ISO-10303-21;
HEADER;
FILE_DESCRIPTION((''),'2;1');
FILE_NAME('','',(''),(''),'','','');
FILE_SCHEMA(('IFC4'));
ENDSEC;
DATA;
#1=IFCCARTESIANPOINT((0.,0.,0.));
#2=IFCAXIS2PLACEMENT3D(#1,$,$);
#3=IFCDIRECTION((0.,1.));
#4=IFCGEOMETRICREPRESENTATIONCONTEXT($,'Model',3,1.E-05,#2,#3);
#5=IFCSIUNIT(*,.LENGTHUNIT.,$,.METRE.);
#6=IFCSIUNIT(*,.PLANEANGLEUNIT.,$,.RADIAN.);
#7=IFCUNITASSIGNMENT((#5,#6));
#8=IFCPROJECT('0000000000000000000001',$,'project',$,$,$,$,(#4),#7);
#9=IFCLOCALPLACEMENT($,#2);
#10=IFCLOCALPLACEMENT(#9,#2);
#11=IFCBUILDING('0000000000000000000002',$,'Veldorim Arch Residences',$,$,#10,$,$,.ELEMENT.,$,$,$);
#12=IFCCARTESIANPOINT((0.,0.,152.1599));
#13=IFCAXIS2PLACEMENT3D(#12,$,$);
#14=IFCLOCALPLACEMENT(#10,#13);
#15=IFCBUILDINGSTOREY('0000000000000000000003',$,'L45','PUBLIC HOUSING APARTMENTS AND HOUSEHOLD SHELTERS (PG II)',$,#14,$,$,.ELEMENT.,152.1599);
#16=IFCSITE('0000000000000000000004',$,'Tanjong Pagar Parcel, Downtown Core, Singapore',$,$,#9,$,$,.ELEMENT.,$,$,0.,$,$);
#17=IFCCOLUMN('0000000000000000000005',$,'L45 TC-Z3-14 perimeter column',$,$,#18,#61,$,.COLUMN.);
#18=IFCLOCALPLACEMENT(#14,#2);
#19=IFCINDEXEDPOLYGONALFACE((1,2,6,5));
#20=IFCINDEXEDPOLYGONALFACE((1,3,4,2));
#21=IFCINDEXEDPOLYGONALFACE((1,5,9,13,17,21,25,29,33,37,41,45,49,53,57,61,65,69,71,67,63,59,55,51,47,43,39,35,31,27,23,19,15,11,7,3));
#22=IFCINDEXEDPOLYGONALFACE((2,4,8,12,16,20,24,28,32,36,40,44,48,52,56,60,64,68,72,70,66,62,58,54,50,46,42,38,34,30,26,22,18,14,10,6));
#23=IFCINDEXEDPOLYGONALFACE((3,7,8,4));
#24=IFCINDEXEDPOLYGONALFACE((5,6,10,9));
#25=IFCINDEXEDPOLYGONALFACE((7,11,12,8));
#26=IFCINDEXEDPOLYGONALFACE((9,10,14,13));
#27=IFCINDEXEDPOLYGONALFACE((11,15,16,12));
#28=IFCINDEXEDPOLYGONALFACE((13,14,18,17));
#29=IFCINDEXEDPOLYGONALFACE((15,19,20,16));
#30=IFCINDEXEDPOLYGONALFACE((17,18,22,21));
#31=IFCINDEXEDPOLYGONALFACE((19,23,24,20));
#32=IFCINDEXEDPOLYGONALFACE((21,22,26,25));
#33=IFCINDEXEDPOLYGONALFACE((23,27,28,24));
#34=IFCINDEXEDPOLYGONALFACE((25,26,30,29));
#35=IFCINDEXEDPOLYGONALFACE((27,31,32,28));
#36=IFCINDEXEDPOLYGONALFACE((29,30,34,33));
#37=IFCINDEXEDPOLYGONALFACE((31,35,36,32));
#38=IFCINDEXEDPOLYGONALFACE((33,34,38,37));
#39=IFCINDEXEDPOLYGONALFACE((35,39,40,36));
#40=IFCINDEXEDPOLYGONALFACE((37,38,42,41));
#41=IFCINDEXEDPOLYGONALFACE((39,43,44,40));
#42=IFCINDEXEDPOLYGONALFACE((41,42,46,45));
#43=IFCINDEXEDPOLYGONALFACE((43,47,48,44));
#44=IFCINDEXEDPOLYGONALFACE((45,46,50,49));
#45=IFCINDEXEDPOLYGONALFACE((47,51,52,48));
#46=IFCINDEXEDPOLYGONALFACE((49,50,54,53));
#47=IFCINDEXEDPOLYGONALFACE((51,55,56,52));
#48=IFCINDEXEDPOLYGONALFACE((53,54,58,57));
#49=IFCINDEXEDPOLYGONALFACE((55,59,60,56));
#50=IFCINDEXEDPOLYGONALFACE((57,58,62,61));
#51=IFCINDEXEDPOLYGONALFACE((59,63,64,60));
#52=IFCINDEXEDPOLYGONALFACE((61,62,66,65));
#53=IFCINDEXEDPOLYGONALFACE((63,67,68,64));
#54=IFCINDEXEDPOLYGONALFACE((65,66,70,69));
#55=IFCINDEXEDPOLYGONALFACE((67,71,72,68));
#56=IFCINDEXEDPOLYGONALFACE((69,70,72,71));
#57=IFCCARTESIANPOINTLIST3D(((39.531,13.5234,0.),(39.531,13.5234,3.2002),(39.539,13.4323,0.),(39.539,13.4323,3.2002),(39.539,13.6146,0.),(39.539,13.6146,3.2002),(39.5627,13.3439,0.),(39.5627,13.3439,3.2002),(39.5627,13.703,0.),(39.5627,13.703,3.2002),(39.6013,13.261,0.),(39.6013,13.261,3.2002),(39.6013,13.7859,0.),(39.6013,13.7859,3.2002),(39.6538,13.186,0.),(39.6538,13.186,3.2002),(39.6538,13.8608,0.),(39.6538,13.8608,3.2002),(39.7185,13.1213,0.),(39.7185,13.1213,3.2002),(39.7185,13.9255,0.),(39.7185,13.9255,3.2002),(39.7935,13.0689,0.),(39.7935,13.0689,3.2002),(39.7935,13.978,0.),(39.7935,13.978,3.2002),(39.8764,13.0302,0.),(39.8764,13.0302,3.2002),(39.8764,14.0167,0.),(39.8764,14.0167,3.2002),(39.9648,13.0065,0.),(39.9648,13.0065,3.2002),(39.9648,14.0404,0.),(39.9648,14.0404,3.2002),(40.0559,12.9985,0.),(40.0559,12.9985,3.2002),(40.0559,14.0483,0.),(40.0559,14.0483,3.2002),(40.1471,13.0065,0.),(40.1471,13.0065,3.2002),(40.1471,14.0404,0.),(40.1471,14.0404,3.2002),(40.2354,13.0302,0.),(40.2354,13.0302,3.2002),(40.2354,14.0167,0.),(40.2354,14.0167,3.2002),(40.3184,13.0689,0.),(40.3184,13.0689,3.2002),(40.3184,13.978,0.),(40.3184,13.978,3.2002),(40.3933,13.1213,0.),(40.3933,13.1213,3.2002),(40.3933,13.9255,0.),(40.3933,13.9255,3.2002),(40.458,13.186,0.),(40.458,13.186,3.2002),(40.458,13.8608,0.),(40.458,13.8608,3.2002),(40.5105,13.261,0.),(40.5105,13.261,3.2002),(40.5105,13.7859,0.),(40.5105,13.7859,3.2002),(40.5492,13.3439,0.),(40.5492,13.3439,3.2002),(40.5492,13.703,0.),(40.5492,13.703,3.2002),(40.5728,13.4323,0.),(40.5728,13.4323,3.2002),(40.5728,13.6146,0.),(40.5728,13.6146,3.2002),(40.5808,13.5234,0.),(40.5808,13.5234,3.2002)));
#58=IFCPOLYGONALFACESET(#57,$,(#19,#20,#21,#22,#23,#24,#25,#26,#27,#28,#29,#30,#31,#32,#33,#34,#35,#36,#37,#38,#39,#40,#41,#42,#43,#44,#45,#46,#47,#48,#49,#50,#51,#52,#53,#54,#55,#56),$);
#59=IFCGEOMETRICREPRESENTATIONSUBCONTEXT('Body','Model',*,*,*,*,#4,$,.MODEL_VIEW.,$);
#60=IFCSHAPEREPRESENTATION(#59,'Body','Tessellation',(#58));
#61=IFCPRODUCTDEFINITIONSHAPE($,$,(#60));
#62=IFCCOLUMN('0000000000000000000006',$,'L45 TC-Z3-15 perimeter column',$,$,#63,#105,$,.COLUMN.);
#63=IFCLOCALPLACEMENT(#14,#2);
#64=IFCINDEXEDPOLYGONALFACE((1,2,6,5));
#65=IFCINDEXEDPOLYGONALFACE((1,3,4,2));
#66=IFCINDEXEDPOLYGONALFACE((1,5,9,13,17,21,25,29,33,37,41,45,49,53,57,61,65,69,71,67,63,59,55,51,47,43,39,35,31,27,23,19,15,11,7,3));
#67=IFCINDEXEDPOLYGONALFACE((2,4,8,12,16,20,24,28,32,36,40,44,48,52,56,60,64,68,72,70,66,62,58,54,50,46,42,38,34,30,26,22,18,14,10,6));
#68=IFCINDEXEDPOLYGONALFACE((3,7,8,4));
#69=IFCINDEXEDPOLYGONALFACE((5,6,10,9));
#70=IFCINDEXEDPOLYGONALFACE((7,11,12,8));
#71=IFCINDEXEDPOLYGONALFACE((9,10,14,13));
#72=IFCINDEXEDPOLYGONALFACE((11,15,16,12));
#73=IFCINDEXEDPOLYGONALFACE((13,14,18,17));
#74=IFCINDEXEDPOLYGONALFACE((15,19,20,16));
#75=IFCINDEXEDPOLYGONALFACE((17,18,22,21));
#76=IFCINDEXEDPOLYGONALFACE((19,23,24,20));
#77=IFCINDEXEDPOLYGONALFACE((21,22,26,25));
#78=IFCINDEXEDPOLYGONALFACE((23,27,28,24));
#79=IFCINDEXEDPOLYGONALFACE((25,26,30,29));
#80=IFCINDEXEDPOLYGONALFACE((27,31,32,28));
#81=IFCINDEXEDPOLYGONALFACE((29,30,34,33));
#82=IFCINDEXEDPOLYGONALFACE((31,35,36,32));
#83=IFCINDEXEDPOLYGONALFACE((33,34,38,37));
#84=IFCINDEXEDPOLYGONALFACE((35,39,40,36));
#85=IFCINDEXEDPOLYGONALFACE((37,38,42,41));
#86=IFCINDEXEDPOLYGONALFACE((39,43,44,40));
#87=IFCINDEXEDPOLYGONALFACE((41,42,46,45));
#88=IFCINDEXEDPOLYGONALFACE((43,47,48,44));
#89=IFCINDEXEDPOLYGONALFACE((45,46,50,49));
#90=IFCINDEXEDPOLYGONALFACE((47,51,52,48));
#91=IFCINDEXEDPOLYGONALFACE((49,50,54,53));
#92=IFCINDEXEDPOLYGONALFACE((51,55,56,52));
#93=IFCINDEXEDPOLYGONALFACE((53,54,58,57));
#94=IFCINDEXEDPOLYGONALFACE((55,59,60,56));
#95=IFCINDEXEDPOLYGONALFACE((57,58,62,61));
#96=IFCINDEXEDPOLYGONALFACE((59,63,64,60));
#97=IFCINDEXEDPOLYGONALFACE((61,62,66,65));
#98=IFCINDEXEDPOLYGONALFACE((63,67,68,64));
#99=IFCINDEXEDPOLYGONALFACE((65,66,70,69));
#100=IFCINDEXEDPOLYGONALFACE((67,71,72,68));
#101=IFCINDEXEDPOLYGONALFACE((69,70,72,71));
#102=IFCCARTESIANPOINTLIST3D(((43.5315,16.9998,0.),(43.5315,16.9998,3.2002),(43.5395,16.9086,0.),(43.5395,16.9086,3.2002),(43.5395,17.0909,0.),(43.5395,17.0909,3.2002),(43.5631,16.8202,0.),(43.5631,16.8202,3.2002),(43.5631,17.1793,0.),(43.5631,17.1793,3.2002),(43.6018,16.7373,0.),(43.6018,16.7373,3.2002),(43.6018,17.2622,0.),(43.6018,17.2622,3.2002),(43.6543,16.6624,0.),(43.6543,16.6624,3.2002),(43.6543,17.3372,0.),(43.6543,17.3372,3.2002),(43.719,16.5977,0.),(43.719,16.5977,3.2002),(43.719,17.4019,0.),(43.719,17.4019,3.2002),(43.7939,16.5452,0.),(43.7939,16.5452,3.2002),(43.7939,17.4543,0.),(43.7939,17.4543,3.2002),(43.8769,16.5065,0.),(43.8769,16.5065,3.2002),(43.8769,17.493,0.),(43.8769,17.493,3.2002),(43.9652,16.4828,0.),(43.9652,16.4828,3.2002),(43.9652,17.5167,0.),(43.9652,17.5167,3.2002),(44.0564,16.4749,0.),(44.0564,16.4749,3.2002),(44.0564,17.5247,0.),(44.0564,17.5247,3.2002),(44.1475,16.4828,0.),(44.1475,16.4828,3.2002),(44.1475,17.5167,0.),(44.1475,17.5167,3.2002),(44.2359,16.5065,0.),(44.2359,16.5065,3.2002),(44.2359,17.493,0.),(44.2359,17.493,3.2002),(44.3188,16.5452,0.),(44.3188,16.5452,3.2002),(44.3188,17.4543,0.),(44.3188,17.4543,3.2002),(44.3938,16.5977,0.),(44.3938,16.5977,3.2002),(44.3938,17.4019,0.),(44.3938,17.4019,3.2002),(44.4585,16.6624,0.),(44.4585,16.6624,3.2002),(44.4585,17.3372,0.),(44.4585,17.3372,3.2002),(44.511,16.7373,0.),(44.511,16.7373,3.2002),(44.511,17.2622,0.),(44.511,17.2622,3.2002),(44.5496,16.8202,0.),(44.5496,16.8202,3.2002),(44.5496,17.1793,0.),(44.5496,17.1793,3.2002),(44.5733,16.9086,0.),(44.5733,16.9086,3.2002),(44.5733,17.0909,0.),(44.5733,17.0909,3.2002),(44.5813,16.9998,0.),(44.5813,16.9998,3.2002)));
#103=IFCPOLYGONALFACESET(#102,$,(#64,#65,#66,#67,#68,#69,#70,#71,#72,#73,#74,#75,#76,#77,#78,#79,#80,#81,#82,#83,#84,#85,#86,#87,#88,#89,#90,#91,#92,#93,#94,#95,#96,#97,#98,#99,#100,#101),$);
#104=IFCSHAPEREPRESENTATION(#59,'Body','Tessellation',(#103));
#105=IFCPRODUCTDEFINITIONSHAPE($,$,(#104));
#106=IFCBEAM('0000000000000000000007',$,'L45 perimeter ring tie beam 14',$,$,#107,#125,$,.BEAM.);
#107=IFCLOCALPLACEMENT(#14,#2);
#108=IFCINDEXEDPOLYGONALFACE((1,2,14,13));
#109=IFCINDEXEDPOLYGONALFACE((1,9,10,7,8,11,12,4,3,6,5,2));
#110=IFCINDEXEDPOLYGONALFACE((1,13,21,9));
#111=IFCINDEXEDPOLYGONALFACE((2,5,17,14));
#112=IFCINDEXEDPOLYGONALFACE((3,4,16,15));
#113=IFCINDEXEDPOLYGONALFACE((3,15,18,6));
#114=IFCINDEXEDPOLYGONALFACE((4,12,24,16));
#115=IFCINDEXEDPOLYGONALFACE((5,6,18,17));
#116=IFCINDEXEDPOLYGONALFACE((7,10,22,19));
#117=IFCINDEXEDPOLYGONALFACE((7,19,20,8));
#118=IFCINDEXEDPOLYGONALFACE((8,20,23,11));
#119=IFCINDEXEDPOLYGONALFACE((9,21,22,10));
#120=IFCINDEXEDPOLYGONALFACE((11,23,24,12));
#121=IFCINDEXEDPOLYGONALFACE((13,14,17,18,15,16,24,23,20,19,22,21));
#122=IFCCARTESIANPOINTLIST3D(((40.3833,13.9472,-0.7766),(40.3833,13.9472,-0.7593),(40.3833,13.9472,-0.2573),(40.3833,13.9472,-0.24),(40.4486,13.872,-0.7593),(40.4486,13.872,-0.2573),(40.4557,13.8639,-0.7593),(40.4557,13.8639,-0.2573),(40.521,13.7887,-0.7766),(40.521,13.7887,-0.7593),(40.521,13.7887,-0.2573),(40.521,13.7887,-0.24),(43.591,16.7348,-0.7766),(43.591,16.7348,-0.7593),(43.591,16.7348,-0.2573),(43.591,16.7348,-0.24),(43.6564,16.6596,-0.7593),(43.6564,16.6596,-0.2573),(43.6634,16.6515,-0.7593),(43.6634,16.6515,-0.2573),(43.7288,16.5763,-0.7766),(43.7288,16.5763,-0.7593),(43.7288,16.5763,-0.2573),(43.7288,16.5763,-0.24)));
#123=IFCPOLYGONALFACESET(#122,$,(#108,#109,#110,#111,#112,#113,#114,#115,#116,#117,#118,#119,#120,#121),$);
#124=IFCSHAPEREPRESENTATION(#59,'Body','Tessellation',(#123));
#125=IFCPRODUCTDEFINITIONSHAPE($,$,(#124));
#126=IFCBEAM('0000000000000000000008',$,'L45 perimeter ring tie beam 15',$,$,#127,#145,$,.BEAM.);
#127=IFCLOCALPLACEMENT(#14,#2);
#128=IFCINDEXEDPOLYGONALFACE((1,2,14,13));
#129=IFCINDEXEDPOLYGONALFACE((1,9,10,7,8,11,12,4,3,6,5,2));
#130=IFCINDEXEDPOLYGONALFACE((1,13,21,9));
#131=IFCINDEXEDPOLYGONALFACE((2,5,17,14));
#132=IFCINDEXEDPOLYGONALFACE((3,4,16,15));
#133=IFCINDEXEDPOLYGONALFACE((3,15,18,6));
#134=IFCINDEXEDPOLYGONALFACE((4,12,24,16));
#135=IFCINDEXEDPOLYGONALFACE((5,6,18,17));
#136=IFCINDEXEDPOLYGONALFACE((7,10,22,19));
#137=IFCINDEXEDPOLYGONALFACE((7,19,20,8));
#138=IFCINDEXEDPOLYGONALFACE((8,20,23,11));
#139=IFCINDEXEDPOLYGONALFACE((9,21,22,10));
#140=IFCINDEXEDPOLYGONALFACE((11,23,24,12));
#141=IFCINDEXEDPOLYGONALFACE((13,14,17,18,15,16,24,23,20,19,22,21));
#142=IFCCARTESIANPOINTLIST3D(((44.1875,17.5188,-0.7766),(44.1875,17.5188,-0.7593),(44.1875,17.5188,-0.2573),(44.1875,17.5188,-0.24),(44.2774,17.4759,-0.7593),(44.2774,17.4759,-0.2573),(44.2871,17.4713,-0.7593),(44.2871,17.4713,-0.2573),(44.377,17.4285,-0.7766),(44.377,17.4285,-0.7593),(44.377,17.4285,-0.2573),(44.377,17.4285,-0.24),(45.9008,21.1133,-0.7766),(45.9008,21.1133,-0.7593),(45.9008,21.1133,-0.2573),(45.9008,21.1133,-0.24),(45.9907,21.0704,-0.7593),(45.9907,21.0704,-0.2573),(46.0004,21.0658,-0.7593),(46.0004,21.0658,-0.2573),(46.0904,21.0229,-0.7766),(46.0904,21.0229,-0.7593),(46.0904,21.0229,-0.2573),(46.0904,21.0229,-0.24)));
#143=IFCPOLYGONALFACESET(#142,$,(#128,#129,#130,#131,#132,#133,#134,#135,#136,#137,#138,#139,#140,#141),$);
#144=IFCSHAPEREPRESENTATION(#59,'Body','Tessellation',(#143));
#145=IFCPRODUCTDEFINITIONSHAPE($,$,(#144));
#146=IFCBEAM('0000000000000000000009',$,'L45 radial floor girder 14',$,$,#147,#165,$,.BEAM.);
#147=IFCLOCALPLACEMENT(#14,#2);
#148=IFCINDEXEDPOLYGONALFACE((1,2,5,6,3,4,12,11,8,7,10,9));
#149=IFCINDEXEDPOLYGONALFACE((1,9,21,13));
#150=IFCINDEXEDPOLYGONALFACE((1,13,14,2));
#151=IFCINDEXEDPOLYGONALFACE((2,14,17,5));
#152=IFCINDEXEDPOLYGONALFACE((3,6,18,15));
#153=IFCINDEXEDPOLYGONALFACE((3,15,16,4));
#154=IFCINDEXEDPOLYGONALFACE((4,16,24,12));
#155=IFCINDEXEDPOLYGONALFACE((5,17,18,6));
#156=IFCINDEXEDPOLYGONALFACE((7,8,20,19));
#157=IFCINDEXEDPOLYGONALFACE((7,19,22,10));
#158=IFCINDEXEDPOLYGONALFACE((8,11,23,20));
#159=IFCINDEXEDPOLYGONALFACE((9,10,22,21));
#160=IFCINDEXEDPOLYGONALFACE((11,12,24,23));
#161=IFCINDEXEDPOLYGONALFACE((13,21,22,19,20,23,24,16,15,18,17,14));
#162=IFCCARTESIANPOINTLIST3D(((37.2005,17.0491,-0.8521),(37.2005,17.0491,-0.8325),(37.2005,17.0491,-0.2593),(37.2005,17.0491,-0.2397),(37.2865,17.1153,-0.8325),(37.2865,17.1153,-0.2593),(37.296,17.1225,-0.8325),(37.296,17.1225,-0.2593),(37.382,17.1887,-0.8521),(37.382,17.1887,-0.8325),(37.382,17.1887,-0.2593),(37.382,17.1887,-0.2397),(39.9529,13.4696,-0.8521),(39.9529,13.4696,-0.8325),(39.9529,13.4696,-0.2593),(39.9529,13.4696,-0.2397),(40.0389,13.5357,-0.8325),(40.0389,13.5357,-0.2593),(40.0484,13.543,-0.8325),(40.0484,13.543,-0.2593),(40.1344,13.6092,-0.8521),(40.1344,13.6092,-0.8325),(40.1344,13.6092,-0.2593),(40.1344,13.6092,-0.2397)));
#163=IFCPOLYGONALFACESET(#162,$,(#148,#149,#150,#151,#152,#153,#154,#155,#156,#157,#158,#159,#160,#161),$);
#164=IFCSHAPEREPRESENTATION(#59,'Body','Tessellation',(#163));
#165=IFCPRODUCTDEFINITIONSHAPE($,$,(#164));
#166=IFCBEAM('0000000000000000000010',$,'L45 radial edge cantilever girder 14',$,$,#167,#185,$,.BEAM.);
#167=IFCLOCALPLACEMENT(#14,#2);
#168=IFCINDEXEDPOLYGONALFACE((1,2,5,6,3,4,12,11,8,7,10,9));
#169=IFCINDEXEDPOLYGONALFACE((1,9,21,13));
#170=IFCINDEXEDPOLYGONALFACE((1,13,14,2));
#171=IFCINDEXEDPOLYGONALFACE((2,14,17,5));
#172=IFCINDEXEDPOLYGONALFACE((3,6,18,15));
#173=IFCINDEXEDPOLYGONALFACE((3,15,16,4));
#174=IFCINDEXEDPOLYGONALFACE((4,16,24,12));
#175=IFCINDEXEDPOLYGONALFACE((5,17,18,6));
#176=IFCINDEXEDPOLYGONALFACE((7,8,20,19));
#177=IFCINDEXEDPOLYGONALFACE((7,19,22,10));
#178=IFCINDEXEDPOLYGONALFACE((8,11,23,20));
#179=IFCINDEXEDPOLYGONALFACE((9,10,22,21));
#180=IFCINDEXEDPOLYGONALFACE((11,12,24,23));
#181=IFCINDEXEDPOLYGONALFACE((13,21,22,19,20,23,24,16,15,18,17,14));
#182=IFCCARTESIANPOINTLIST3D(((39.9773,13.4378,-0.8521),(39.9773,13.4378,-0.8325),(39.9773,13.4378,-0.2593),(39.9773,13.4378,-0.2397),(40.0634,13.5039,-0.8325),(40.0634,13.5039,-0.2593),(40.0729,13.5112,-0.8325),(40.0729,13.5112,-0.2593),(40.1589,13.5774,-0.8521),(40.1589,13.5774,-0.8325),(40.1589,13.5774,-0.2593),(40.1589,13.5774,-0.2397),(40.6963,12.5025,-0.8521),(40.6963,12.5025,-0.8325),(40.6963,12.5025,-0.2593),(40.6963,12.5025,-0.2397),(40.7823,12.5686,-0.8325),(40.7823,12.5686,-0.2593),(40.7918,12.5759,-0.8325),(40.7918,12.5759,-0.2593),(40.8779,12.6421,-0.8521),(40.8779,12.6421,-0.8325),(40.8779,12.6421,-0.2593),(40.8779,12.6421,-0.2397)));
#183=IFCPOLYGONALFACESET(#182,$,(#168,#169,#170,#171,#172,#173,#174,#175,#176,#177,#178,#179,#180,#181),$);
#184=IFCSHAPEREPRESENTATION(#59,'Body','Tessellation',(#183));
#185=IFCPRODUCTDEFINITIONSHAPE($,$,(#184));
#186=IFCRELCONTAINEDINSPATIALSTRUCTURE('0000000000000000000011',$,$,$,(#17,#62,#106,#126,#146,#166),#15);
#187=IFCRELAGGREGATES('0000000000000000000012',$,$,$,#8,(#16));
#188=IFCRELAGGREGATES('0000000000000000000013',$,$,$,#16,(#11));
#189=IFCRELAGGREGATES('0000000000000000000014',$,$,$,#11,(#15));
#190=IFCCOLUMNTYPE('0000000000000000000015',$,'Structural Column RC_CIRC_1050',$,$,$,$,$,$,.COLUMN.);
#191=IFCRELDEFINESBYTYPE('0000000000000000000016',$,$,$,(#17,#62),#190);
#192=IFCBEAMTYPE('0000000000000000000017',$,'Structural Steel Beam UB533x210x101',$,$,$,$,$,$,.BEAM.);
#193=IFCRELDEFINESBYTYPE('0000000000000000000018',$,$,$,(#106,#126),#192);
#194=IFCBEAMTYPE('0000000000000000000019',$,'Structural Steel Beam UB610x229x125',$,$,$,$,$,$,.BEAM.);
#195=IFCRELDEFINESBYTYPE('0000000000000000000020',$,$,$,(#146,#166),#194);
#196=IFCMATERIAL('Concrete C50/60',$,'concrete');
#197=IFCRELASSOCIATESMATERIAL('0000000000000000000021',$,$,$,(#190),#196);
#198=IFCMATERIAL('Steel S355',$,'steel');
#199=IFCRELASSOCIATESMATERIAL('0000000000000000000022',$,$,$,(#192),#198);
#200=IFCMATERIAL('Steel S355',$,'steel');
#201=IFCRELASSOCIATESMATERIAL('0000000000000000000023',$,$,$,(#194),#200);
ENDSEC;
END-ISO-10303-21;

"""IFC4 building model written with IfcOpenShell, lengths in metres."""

from ifc_helpers import new_model, si_unit, direction, frame, origin, origin_2d, place, context, subcontext, project, spatial, circle, i_section, extrude, material, material_profile, profile_set, type_object, element, save


model = new_model("IFC4")

# Units and contexts
model_context = context("Model", 3, precision=1e-05, world=origin(), true_north=direction((0.0, 1.0)))
body_context = subcontext(model_context, "Body", "Model", "MODEL_VIEW")
ifc_project = project(units=[si_unit("LENGTHUNIT", "METRE"), si_unit("PLANEANGLEUNIT", "RADIAN")], contexts=[model_context])

# Site, building, storey
site_placement = place(None, origin())
site = spatial("IfcSite", under=ifc_project, at=site_placement, Name="Tanjong Pagar Parcel, Downtown Core, Singapore", CompositionType="ELEMENT", RefElevation=0.0)
building_placement = place(site_placement, origin())
building = spatial("IfcBuilding", under=site, at=building_placement, Name="Veldorim Arch Residences", CompositionType="ELEMENT")
storey_placement = place(building_placement, frame((0.0, 0.0, 152.1599)))
storey = spatial("IfcBuildingStorey", under=building, at=storey_placement, Name="L45", Description="PUBLIC HOUSING APARTMENTS AND HOUSEHOLD SHELTERS (PG II)", CompositionType="ELEMENT", Elevation=152.1599)

# Columns
ifc_material_1 = material(Name="Concrete C50/60", Category="concrete")
ifc_material_profile_1 = material_profile(ifc_material_1, circle(Radius=0.5249, at=origin_2d()), Name="RC_CIRC_1050")
ifc_profile_set_1 = profile_set([ifc_material_profile_1], Name="Concrete C50/60")
column_type = type_object("IfcColumnType", Name="Structural Column RC_CIRC_1050", PredefinedType="COLUMN", material=ifc_profile_set_1)
for number, where, z_axis, x_axis, name in (
    (1, (40.0559, 13.5234, 0.0), (0.0, 0.0, 1.0), (1.0, 0.0, 0.0), "L45 TC-Z3-14 perimeter column"),
    (2, (44.0564, 16.9998, 0.0), (0.0, 0.0, 1.0), (1.0, 0.0, 0.0), "L45 TC-Z3-15 perimeter column"),
):
    element("IfcColumn", number, at=place(storey_placement, frame(where, z_axis=z_axis, x_axis=x_axis)), inside=storey, type_object=column_type, Name=name, PredefinedType="COLUMN", context=body_context, shape_type="SweptSolid", body=[
        extrude(circle(Radius=0.5249, at=origin_2d()), origin(), (0.0, 0.0, 1.0), 3.2002),
    ])

# Beams
ifc_material_2 = material(Name="Steel S355", Category="steel")
ifc_material_profile_2 = material_profile(ifc_material_2, i_section(OverallWidth=0.21, OverallDepth=0.5366, WebThickness=0.0107, FlangeThickness=0.0173, at=origin_2d()), Name="UB533x210x101")
ifc_profile_set_2 = profile_set([ifc_material_profile_2], Name="Steel S355")
beam_type_1 = type_object("IfcBeamType", Name="Structural Steel Beam UB533x210x101", PredefinedType="BEAM", material=ifc_profile_set_2)
beam_1_placement = place(storey_placement, frame((40.4521, 13.8679, -0.5083), z_axis=(0.754811, 0.655943, 0.0), x_axis=(-0.655943, 0.754811, 0.0)))
element("IfcBeam", 3, at=beam_1_placement, inside=storey, type_object=beam_type_1, Name="L45 perimeter ring tie beam 14", PredefinedType="BEAM", context=body_context, shape_type="SweptSolid", body=[
    extrude(i_section(OverallWidth=0.21, OverallDepth=0.5366, WebThickness=0.0107, FlangeThickness=0.0173, at=origin_2d()), origin(), (0.0, 0.0, 1.0), 4.2498),
])
beam_2_placement = place(storey_placement, frame((44.2822, 17.4736, -0.5083), z_axis=(0.430286, 0.902693, 0.0), x_axis=(-0.902693, 0.430286, 0.0)))
element("IfcBeam", 4, at=beam_2_placement, inside=storey, type_object=beam_type_1, Name="L45 perimeter ring tie beam 15", PredefinedType="BEAM", context=body_context, shape_type="SweptSolid", body=[
    extrude(i_section(OverallWidth=0.21, OverallDepth=0.5366, WebThickness=0.0107, FlangeThickness=0.0173, at=origin_2d()), origin(), (0.0, 0.0, 1.0), 3.9819),
])
ifc_material_3 = material(Name="Steel S355", Category="steel")
ifc_material_profile_3 = material_profile(ifc_material_3, i_section(OverallWidth=0.229, OverallDepth=0.6123, WebThickness=0.012, FlangeThickness=0.0195, at=origin_2d()), Name="UB610x229x125")
ifc_profile_set_3 = profile_set([ifc_material_profile_3], Name="Steel S355")
beam_type_2 = type_object("IfcBeamType", Name="Structural Steel Beam UB610x229x125", PredefinedType="BEAM", material=ifc_profile_set_3)
beam_3_placement = place(storey_placement, frame((37.2913, 17.1189, -0.5459), z_axis=(0.609559, -0.792741, 0.0), x_axis=(0.792741, 0.609559, 0.0)))
element("IfcBeam", 5, at=beam_3_placement, inside=storey, type_object=beam_type_2, Name="L45 radial floor girder 14", PredefinedType="BEAM", context=body_context, shape_type="SweptSolid", body=[
    extrude(i_section(OverallWidth=0.229, OverallDepth=0.6123, WebThickness=0.012, FlangeThickness=0.0195, at=origin_2d()), origin(), (0.0, 0.0, 1.0), 4.5154),
])
beam_4_placement = place(storey_placement, frame((40.0681, 13.5076, -0.5459), z_axis=(0.609461, -0.792816, 0.0), x_axis=(0.792816, 0.609461, 0.0)))
element("IfcBeam", 6, at=beam_4_placement, inside=storey, type_object=beam_type_2, Name="L45 radial edge cantilever girder 14", PredefinedType="BEAM", context=body_context, shape_type="SweptSolid", body=[
    extrude(i_section(OverallWidth=0.229, OverallDepth=0.6123, WebThickness=0.012, FlangeThickness=0.0195, at=origin_2d()), origin(), (0.0, 0.0, 1.0), 1.1797),
])

save(model, "model.ifc")
